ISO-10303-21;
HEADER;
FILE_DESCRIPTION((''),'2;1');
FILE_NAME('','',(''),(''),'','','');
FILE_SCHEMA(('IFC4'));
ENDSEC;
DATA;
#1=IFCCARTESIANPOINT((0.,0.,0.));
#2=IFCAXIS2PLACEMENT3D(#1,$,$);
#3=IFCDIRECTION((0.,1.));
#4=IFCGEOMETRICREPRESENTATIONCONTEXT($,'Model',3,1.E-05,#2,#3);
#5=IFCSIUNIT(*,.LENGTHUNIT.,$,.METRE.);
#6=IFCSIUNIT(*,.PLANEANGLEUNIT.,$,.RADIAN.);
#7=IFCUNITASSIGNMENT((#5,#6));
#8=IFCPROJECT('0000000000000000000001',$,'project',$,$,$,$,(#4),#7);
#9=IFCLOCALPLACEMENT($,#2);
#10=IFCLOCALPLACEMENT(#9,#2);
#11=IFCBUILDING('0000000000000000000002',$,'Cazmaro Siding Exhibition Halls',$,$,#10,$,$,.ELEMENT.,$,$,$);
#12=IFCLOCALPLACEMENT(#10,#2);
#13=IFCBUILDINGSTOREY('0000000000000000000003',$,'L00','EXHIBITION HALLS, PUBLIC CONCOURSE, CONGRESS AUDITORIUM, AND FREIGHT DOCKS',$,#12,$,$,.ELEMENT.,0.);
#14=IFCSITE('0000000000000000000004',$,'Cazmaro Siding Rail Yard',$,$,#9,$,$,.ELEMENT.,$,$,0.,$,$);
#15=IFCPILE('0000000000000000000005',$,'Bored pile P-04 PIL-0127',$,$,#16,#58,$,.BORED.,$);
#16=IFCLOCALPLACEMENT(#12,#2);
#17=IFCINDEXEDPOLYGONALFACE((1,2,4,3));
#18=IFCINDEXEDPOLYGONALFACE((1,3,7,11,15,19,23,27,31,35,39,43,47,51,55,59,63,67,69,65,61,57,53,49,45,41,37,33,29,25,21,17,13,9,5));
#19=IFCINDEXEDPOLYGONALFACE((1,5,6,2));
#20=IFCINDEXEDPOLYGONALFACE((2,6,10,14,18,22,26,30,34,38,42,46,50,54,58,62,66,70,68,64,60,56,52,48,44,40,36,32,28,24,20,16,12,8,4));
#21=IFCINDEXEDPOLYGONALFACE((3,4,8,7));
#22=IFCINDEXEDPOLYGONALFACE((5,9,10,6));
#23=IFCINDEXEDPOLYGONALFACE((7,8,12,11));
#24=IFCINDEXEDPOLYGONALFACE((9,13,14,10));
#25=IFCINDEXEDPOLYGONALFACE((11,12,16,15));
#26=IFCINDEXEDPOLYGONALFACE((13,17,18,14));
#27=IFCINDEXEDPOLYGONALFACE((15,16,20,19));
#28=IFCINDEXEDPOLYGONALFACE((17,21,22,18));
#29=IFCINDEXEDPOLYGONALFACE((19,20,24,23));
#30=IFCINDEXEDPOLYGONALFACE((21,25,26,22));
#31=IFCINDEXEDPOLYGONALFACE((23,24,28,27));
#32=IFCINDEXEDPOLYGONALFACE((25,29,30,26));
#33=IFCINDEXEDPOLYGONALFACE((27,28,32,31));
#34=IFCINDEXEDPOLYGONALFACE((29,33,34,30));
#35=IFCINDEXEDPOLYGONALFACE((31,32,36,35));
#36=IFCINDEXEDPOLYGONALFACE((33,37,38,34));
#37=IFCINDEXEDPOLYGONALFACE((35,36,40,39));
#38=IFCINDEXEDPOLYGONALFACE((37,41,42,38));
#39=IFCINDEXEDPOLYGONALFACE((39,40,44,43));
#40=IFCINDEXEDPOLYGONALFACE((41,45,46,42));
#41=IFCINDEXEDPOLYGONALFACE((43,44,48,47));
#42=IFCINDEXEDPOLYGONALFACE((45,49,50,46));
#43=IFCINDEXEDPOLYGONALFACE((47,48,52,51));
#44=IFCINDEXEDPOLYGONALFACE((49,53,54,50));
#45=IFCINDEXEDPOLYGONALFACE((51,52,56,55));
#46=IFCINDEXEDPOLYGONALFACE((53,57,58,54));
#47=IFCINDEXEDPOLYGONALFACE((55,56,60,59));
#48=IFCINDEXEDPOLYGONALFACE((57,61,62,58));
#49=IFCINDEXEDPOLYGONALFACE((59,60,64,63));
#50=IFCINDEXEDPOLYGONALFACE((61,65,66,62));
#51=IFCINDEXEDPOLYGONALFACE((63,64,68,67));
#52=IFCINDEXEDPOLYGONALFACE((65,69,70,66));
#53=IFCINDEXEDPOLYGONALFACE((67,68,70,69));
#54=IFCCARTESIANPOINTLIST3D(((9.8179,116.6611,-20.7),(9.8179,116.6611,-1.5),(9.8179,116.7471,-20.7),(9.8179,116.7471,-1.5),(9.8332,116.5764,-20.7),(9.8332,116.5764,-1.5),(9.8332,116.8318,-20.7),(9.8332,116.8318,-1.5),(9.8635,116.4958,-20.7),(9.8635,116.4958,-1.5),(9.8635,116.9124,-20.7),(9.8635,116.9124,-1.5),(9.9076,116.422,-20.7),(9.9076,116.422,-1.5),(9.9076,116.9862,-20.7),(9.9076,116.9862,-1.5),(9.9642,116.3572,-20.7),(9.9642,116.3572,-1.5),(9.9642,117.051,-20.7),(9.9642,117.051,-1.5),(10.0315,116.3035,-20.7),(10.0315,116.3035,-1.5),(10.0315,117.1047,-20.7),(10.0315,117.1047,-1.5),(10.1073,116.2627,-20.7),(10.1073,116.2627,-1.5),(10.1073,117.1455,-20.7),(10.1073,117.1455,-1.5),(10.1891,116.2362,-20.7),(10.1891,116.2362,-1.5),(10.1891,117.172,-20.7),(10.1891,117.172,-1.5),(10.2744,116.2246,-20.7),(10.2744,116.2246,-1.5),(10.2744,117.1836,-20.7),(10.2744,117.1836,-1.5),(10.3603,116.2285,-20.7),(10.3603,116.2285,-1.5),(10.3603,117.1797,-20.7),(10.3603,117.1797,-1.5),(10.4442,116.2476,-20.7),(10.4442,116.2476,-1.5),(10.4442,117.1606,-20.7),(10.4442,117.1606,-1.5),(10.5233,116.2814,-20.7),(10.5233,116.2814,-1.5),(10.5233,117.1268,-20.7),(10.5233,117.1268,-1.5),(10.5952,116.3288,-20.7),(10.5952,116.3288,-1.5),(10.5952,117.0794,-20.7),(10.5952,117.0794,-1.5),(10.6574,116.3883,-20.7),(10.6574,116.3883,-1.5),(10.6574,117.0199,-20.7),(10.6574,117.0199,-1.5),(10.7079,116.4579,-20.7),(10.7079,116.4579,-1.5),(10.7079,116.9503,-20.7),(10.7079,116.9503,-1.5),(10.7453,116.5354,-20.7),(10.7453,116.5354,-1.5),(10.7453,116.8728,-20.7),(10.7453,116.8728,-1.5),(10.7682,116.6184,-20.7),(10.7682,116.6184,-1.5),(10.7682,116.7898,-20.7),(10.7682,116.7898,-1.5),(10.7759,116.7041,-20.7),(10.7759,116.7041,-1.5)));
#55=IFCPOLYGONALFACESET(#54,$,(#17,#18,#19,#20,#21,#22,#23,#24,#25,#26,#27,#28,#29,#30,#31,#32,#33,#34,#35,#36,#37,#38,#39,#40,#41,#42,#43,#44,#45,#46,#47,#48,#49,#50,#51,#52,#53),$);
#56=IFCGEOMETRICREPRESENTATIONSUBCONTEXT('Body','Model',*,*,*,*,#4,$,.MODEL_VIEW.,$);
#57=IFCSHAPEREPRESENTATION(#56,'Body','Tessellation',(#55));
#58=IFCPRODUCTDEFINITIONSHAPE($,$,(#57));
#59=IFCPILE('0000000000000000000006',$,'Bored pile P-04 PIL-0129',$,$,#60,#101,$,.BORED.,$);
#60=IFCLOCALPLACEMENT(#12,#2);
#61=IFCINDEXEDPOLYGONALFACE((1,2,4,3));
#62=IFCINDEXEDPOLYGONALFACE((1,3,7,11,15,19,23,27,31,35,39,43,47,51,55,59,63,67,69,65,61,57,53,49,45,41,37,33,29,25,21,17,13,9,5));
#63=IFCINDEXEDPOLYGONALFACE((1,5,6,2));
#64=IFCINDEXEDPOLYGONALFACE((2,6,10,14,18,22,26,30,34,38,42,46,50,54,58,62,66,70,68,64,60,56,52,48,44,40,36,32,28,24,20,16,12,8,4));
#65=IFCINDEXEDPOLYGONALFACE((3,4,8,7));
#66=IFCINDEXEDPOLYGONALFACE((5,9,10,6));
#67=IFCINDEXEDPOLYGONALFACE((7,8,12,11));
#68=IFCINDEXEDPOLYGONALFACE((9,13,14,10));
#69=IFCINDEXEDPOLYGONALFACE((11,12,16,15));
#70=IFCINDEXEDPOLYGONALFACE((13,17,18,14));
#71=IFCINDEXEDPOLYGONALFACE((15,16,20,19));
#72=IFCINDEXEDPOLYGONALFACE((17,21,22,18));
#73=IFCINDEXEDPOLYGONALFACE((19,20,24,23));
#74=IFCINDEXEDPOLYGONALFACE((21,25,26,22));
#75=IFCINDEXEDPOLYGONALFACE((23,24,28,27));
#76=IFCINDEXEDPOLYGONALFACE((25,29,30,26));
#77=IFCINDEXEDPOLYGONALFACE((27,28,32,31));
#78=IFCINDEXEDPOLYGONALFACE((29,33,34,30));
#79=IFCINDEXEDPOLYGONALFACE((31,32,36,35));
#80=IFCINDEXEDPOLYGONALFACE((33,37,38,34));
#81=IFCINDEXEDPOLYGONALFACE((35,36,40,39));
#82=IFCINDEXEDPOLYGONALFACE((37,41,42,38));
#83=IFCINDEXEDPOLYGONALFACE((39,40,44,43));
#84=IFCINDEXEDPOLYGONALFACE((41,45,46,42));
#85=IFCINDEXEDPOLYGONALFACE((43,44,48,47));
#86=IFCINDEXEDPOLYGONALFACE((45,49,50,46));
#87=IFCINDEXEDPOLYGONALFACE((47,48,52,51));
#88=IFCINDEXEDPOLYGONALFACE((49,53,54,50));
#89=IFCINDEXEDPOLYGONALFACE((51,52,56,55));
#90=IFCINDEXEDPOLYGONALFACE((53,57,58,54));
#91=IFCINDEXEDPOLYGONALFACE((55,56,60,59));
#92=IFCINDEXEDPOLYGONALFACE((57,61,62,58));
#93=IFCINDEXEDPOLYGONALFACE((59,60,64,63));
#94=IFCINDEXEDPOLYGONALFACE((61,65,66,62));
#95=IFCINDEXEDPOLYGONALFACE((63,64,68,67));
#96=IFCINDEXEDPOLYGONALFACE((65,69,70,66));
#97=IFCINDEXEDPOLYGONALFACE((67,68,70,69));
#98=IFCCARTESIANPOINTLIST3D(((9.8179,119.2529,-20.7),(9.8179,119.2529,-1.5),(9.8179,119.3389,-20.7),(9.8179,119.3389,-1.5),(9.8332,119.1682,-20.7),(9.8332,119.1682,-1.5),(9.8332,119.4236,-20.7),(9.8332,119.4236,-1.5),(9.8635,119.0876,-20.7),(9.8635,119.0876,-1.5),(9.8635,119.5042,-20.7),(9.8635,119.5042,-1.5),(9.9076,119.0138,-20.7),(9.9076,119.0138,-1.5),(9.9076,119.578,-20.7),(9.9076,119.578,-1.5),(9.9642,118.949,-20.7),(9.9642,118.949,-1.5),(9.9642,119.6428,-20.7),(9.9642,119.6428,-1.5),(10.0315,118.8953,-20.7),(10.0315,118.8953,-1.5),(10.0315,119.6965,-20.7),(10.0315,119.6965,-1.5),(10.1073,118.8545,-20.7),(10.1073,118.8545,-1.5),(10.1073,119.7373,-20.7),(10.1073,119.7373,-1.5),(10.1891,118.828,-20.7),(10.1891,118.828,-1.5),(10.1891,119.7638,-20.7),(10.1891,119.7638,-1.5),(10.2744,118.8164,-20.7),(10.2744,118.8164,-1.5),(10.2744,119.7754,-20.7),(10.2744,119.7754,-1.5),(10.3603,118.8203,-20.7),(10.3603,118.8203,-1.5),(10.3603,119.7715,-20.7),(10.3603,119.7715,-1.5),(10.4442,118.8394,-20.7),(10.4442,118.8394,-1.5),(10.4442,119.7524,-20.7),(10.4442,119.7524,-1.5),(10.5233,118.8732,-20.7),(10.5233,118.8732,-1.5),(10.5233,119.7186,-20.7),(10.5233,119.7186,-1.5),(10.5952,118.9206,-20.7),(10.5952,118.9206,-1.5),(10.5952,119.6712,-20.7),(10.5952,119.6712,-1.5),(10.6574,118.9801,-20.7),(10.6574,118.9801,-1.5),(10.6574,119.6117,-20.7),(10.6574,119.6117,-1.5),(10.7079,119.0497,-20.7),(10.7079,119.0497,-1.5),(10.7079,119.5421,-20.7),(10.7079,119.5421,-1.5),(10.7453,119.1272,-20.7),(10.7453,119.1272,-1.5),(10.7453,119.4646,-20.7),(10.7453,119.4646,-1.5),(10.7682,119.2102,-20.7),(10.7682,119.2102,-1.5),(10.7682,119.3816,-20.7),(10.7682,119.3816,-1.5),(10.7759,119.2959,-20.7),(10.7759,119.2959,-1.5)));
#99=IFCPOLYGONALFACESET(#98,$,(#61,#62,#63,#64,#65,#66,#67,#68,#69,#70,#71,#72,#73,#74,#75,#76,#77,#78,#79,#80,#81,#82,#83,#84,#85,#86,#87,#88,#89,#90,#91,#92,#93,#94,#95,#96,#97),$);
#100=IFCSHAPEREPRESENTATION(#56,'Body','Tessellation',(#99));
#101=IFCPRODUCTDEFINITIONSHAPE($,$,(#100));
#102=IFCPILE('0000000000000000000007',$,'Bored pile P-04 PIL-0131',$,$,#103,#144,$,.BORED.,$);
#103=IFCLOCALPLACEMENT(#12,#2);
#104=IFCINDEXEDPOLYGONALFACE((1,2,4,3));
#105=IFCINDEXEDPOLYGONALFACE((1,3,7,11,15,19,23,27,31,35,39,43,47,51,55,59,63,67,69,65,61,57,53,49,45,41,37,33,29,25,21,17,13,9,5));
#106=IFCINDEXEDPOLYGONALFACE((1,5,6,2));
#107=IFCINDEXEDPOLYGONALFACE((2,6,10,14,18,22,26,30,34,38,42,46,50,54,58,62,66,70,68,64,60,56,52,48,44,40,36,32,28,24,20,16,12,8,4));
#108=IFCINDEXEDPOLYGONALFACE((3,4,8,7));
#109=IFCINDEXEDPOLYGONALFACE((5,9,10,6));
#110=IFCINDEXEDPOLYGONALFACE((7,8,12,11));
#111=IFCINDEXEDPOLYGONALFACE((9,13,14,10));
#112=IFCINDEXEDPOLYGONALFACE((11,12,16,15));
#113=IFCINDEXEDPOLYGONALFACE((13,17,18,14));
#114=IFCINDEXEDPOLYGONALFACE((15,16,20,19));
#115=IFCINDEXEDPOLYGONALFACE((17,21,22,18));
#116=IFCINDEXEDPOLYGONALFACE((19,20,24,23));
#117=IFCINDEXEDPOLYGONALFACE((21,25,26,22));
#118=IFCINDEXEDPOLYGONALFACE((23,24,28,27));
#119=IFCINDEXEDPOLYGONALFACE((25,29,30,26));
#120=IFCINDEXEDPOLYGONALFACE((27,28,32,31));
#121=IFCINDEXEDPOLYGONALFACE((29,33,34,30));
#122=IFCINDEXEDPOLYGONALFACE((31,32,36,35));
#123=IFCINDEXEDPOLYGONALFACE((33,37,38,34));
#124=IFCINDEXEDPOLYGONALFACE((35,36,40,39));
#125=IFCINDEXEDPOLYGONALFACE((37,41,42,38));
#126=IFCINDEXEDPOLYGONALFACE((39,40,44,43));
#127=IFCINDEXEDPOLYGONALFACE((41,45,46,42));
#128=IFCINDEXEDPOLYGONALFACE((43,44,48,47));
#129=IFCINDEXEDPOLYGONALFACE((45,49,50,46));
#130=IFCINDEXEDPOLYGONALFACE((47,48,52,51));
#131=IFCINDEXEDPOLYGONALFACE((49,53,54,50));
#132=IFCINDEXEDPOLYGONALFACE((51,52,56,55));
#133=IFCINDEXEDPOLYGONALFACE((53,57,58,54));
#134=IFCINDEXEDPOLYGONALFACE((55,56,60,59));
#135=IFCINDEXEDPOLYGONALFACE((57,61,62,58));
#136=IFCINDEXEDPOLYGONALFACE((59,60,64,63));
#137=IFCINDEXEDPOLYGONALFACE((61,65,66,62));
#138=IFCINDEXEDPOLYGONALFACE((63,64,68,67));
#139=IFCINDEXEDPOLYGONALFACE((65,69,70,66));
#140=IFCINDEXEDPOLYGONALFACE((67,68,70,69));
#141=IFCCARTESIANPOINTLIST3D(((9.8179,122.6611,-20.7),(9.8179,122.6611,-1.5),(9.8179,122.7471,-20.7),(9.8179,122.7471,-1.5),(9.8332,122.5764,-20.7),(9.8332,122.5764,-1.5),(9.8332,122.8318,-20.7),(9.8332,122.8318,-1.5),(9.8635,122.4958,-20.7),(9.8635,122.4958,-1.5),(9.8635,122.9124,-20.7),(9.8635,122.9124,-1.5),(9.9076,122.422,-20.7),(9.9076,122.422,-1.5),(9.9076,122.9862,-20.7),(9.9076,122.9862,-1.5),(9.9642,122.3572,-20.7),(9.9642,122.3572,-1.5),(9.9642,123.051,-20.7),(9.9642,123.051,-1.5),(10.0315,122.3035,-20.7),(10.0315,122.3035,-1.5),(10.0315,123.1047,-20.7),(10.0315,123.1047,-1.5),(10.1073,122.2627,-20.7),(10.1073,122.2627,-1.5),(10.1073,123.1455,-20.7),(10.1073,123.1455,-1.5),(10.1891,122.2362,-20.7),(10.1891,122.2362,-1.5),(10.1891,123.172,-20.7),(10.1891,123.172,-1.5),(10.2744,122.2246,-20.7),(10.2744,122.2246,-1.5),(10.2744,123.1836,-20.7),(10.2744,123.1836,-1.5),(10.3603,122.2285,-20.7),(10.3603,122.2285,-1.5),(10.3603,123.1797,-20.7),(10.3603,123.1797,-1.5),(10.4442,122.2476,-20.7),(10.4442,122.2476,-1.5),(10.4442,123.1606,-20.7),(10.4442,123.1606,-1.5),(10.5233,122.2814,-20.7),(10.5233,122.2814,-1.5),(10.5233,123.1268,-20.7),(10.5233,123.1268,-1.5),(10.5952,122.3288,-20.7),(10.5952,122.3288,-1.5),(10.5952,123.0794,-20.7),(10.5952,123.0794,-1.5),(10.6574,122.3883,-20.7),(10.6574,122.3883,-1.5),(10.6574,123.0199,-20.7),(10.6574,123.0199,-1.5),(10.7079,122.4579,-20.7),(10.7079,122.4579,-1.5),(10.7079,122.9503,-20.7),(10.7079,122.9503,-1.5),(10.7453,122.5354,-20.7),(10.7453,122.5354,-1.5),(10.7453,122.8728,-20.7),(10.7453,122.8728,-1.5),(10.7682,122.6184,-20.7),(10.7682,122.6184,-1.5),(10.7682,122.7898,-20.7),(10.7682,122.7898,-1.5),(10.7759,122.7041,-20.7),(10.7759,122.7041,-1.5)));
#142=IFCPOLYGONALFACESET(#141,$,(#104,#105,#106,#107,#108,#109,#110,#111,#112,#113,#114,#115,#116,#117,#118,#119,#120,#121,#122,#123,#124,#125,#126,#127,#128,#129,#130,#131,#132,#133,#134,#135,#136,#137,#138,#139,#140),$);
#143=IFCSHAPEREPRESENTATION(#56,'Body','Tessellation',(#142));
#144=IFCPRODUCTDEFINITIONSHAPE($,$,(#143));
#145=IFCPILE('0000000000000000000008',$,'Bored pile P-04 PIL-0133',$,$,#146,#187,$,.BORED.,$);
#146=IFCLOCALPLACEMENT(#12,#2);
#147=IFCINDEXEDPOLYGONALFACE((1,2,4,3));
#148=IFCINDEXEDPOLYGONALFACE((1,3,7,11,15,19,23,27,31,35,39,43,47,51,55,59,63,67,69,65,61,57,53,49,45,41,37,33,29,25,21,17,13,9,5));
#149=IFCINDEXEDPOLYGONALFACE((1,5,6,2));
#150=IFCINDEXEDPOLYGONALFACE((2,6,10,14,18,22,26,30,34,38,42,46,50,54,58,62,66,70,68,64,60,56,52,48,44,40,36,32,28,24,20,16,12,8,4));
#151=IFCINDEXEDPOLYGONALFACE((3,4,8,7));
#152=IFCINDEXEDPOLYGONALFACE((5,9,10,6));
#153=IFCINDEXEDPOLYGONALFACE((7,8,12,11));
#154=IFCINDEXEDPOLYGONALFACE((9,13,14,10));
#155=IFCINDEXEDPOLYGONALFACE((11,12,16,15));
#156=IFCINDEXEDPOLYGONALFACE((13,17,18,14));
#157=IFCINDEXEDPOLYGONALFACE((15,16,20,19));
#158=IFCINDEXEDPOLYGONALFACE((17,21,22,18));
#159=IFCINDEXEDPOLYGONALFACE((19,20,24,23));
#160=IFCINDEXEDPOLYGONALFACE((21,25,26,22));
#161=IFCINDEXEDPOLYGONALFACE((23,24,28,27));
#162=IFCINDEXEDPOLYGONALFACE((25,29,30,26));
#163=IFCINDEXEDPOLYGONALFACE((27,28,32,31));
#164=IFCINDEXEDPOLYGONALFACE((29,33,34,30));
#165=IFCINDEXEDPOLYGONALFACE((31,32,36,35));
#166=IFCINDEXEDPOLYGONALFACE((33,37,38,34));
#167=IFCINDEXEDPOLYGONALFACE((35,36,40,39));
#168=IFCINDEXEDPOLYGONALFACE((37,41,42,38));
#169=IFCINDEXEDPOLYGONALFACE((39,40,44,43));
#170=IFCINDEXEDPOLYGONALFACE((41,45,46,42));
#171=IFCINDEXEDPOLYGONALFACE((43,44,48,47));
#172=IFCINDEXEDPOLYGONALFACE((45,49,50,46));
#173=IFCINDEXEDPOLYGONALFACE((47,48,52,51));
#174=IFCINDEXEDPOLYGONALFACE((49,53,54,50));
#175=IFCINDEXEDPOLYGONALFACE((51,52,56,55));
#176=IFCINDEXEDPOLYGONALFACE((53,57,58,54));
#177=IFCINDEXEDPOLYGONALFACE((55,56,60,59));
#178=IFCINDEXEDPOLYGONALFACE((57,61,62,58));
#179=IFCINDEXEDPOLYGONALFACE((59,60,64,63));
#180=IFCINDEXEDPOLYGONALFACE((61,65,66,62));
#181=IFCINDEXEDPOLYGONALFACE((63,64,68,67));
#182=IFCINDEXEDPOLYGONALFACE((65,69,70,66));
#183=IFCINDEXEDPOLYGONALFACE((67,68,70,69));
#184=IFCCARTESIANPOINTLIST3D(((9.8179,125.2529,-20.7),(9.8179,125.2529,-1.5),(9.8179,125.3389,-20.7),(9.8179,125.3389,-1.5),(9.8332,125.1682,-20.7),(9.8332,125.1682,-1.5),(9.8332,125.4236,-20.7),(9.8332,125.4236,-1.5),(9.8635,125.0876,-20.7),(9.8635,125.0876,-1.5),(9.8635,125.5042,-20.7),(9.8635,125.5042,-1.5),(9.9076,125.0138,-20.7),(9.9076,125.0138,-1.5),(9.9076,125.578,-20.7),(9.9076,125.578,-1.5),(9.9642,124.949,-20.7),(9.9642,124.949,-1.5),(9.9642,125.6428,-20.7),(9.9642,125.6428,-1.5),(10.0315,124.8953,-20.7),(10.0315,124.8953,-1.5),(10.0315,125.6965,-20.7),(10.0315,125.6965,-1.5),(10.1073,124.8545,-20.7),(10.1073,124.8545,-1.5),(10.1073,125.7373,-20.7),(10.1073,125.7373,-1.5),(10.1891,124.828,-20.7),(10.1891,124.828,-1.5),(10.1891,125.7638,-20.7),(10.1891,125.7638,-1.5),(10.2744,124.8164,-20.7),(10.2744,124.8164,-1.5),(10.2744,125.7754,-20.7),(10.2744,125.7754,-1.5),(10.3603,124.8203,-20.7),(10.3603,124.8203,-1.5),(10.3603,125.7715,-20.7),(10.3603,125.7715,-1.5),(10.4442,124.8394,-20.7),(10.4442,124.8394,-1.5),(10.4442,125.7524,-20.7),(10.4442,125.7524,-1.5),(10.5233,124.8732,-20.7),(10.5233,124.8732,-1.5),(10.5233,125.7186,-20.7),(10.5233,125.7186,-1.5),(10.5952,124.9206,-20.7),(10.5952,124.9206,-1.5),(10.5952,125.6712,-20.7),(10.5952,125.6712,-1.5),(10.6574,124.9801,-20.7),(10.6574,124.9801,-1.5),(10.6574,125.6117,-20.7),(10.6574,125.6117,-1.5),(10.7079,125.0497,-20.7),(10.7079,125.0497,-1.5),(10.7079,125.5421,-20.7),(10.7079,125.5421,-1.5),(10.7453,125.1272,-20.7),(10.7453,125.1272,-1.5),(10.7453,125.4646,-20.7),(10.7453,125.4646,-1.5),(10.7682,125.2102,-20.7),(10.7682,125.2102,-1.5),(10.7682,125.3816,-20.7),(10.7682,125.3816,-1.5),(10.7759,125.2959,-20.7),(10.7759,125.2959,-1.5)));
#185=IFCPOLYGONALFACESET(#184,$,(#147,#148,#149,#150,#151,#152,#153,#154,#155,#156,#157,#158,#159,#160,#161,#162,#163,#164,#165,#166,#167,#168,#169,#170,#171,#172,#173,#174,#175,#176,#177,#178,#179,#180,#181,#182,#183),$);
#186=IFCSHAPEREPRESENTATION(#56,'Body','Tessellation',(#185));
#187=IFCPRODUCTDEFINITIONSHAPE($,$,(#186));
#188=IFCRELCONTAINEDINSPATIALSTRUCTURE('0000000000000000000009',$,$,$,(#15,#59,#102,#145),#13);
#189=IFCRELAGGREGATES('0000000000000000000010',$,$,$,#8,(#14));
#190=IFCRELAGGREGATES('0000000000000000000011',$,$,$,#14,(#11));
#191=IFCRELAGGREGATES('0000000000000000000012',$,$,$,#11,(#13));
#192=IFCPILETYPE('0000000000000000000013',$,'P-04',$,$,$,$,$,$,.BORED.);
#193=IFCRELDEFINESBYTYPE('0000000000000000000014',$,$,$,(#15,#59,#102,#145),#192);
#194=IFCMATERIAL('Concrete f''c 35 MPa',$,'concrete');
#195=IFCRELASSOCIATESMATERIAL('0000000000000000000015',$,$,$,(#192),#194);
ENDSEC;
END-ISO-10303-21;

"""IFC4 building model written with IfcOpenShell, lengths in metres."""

from ifc_helpers import new_model, si_unit, direction, frame, origin, origin_2d, place, context, subcontext, project, spatial, circle, extrude, material, material_profile, profile_set, type_object, element, save


model = new_model("IFC4")

# Units and contexts
model_context = context("Model", 3, precision=1e-05, world=origin(), true_north=direction((0.0, 1.0)))
body_context = subcontext(model_context, "Body", "Model", "MODEL_VIEW")
ifc_project = project(units=[si_unit("LENGTHUNIT", "METRE"), si_unit("PLANEANGLEUNIT", "RADIAN")], contexts=[model_context])

# Site, building, storey
site_placement = place(None, origin())
site = spatial("IfcSite", under=ifc_project, at=site_placement, Name="Cazmaro Siding Rail Yard", CompositionType="ELEMENT", RefElevation=0.0)
building_placement = place(site_placement, origin())
building = spatial("IfcBuilding", under=site, at=building_placement, Name="Cazmaro Siding Exhibition Halls", CompositionType="ELEMENT")
storey_placement = place(building_placement, origin())
storey = spatial("IfcBuildingStorey", under=building, at=storey_placement, Name="L00", Description="EXHIBITION HALLS, PUBLIC CONCOURSE, CONGRESS AUDITORIUM, AND FREIGHT DOCKS", CompositionType="ELEMENT", Elevation=0.0)

# Piles
ifc_material_1 = material(Name="Concrete f'c 35 MPa", Category="concrete")
ifc_material_profile_1 = material_profile(ifc_material_1, circle(Radius=0.48, at=origin_2d()), Name="CIDH-960")
ifc_profile_set_1 = profile_set([ifc_material_profile_1], Name="Concrete f'c 35 MPa")
pile_type = type_object("IfcPileType", Name="P-04", PredefinedType="BORED", material=ifc_profile_set_1)
for number, where, z_axis, x_axis, name in (
    (1, (10.2959, 116.7041, -1.5), (0.0, 0.0, -1.0), (1.0, 0.0, 0.0), "Bored pile P-04 PIL-0127"),
    (2, (10.2959, 119.2959, -1.5), (0.0, 0.0, -1.0), (1.0, 0.0, 0.0), "Bored pile P-04 PIL-0129"),
    (3, (10.2959, 122.7041, -1.5), (0.0, 0.0, -1.0), (1.0, 0.0, 0.0), "Bored pile P-04 PIL-0131"),
    (4, (10.2959, 125.2959, -1.5), (0.0, 0.0, -1.0), (1.0, 0.0, 0.0), "Bored pile P-04 PIL-0133"),
):
    element("IfcPile", number, at=place(storey_placement, frame(where, z_axis=z_axis, x_axis=x_axis)), inside=storey, type_object=pile_type, Name=name, PredefinedType="BORED", context=body_context, shape_type="SweptSolid", body=[
        extrude(circle(Radius=0.48, at=origin_2d()), origin(), (0.0, 0.0, 1.0), 19.2),
    ])

save(model, "model.ifc")
